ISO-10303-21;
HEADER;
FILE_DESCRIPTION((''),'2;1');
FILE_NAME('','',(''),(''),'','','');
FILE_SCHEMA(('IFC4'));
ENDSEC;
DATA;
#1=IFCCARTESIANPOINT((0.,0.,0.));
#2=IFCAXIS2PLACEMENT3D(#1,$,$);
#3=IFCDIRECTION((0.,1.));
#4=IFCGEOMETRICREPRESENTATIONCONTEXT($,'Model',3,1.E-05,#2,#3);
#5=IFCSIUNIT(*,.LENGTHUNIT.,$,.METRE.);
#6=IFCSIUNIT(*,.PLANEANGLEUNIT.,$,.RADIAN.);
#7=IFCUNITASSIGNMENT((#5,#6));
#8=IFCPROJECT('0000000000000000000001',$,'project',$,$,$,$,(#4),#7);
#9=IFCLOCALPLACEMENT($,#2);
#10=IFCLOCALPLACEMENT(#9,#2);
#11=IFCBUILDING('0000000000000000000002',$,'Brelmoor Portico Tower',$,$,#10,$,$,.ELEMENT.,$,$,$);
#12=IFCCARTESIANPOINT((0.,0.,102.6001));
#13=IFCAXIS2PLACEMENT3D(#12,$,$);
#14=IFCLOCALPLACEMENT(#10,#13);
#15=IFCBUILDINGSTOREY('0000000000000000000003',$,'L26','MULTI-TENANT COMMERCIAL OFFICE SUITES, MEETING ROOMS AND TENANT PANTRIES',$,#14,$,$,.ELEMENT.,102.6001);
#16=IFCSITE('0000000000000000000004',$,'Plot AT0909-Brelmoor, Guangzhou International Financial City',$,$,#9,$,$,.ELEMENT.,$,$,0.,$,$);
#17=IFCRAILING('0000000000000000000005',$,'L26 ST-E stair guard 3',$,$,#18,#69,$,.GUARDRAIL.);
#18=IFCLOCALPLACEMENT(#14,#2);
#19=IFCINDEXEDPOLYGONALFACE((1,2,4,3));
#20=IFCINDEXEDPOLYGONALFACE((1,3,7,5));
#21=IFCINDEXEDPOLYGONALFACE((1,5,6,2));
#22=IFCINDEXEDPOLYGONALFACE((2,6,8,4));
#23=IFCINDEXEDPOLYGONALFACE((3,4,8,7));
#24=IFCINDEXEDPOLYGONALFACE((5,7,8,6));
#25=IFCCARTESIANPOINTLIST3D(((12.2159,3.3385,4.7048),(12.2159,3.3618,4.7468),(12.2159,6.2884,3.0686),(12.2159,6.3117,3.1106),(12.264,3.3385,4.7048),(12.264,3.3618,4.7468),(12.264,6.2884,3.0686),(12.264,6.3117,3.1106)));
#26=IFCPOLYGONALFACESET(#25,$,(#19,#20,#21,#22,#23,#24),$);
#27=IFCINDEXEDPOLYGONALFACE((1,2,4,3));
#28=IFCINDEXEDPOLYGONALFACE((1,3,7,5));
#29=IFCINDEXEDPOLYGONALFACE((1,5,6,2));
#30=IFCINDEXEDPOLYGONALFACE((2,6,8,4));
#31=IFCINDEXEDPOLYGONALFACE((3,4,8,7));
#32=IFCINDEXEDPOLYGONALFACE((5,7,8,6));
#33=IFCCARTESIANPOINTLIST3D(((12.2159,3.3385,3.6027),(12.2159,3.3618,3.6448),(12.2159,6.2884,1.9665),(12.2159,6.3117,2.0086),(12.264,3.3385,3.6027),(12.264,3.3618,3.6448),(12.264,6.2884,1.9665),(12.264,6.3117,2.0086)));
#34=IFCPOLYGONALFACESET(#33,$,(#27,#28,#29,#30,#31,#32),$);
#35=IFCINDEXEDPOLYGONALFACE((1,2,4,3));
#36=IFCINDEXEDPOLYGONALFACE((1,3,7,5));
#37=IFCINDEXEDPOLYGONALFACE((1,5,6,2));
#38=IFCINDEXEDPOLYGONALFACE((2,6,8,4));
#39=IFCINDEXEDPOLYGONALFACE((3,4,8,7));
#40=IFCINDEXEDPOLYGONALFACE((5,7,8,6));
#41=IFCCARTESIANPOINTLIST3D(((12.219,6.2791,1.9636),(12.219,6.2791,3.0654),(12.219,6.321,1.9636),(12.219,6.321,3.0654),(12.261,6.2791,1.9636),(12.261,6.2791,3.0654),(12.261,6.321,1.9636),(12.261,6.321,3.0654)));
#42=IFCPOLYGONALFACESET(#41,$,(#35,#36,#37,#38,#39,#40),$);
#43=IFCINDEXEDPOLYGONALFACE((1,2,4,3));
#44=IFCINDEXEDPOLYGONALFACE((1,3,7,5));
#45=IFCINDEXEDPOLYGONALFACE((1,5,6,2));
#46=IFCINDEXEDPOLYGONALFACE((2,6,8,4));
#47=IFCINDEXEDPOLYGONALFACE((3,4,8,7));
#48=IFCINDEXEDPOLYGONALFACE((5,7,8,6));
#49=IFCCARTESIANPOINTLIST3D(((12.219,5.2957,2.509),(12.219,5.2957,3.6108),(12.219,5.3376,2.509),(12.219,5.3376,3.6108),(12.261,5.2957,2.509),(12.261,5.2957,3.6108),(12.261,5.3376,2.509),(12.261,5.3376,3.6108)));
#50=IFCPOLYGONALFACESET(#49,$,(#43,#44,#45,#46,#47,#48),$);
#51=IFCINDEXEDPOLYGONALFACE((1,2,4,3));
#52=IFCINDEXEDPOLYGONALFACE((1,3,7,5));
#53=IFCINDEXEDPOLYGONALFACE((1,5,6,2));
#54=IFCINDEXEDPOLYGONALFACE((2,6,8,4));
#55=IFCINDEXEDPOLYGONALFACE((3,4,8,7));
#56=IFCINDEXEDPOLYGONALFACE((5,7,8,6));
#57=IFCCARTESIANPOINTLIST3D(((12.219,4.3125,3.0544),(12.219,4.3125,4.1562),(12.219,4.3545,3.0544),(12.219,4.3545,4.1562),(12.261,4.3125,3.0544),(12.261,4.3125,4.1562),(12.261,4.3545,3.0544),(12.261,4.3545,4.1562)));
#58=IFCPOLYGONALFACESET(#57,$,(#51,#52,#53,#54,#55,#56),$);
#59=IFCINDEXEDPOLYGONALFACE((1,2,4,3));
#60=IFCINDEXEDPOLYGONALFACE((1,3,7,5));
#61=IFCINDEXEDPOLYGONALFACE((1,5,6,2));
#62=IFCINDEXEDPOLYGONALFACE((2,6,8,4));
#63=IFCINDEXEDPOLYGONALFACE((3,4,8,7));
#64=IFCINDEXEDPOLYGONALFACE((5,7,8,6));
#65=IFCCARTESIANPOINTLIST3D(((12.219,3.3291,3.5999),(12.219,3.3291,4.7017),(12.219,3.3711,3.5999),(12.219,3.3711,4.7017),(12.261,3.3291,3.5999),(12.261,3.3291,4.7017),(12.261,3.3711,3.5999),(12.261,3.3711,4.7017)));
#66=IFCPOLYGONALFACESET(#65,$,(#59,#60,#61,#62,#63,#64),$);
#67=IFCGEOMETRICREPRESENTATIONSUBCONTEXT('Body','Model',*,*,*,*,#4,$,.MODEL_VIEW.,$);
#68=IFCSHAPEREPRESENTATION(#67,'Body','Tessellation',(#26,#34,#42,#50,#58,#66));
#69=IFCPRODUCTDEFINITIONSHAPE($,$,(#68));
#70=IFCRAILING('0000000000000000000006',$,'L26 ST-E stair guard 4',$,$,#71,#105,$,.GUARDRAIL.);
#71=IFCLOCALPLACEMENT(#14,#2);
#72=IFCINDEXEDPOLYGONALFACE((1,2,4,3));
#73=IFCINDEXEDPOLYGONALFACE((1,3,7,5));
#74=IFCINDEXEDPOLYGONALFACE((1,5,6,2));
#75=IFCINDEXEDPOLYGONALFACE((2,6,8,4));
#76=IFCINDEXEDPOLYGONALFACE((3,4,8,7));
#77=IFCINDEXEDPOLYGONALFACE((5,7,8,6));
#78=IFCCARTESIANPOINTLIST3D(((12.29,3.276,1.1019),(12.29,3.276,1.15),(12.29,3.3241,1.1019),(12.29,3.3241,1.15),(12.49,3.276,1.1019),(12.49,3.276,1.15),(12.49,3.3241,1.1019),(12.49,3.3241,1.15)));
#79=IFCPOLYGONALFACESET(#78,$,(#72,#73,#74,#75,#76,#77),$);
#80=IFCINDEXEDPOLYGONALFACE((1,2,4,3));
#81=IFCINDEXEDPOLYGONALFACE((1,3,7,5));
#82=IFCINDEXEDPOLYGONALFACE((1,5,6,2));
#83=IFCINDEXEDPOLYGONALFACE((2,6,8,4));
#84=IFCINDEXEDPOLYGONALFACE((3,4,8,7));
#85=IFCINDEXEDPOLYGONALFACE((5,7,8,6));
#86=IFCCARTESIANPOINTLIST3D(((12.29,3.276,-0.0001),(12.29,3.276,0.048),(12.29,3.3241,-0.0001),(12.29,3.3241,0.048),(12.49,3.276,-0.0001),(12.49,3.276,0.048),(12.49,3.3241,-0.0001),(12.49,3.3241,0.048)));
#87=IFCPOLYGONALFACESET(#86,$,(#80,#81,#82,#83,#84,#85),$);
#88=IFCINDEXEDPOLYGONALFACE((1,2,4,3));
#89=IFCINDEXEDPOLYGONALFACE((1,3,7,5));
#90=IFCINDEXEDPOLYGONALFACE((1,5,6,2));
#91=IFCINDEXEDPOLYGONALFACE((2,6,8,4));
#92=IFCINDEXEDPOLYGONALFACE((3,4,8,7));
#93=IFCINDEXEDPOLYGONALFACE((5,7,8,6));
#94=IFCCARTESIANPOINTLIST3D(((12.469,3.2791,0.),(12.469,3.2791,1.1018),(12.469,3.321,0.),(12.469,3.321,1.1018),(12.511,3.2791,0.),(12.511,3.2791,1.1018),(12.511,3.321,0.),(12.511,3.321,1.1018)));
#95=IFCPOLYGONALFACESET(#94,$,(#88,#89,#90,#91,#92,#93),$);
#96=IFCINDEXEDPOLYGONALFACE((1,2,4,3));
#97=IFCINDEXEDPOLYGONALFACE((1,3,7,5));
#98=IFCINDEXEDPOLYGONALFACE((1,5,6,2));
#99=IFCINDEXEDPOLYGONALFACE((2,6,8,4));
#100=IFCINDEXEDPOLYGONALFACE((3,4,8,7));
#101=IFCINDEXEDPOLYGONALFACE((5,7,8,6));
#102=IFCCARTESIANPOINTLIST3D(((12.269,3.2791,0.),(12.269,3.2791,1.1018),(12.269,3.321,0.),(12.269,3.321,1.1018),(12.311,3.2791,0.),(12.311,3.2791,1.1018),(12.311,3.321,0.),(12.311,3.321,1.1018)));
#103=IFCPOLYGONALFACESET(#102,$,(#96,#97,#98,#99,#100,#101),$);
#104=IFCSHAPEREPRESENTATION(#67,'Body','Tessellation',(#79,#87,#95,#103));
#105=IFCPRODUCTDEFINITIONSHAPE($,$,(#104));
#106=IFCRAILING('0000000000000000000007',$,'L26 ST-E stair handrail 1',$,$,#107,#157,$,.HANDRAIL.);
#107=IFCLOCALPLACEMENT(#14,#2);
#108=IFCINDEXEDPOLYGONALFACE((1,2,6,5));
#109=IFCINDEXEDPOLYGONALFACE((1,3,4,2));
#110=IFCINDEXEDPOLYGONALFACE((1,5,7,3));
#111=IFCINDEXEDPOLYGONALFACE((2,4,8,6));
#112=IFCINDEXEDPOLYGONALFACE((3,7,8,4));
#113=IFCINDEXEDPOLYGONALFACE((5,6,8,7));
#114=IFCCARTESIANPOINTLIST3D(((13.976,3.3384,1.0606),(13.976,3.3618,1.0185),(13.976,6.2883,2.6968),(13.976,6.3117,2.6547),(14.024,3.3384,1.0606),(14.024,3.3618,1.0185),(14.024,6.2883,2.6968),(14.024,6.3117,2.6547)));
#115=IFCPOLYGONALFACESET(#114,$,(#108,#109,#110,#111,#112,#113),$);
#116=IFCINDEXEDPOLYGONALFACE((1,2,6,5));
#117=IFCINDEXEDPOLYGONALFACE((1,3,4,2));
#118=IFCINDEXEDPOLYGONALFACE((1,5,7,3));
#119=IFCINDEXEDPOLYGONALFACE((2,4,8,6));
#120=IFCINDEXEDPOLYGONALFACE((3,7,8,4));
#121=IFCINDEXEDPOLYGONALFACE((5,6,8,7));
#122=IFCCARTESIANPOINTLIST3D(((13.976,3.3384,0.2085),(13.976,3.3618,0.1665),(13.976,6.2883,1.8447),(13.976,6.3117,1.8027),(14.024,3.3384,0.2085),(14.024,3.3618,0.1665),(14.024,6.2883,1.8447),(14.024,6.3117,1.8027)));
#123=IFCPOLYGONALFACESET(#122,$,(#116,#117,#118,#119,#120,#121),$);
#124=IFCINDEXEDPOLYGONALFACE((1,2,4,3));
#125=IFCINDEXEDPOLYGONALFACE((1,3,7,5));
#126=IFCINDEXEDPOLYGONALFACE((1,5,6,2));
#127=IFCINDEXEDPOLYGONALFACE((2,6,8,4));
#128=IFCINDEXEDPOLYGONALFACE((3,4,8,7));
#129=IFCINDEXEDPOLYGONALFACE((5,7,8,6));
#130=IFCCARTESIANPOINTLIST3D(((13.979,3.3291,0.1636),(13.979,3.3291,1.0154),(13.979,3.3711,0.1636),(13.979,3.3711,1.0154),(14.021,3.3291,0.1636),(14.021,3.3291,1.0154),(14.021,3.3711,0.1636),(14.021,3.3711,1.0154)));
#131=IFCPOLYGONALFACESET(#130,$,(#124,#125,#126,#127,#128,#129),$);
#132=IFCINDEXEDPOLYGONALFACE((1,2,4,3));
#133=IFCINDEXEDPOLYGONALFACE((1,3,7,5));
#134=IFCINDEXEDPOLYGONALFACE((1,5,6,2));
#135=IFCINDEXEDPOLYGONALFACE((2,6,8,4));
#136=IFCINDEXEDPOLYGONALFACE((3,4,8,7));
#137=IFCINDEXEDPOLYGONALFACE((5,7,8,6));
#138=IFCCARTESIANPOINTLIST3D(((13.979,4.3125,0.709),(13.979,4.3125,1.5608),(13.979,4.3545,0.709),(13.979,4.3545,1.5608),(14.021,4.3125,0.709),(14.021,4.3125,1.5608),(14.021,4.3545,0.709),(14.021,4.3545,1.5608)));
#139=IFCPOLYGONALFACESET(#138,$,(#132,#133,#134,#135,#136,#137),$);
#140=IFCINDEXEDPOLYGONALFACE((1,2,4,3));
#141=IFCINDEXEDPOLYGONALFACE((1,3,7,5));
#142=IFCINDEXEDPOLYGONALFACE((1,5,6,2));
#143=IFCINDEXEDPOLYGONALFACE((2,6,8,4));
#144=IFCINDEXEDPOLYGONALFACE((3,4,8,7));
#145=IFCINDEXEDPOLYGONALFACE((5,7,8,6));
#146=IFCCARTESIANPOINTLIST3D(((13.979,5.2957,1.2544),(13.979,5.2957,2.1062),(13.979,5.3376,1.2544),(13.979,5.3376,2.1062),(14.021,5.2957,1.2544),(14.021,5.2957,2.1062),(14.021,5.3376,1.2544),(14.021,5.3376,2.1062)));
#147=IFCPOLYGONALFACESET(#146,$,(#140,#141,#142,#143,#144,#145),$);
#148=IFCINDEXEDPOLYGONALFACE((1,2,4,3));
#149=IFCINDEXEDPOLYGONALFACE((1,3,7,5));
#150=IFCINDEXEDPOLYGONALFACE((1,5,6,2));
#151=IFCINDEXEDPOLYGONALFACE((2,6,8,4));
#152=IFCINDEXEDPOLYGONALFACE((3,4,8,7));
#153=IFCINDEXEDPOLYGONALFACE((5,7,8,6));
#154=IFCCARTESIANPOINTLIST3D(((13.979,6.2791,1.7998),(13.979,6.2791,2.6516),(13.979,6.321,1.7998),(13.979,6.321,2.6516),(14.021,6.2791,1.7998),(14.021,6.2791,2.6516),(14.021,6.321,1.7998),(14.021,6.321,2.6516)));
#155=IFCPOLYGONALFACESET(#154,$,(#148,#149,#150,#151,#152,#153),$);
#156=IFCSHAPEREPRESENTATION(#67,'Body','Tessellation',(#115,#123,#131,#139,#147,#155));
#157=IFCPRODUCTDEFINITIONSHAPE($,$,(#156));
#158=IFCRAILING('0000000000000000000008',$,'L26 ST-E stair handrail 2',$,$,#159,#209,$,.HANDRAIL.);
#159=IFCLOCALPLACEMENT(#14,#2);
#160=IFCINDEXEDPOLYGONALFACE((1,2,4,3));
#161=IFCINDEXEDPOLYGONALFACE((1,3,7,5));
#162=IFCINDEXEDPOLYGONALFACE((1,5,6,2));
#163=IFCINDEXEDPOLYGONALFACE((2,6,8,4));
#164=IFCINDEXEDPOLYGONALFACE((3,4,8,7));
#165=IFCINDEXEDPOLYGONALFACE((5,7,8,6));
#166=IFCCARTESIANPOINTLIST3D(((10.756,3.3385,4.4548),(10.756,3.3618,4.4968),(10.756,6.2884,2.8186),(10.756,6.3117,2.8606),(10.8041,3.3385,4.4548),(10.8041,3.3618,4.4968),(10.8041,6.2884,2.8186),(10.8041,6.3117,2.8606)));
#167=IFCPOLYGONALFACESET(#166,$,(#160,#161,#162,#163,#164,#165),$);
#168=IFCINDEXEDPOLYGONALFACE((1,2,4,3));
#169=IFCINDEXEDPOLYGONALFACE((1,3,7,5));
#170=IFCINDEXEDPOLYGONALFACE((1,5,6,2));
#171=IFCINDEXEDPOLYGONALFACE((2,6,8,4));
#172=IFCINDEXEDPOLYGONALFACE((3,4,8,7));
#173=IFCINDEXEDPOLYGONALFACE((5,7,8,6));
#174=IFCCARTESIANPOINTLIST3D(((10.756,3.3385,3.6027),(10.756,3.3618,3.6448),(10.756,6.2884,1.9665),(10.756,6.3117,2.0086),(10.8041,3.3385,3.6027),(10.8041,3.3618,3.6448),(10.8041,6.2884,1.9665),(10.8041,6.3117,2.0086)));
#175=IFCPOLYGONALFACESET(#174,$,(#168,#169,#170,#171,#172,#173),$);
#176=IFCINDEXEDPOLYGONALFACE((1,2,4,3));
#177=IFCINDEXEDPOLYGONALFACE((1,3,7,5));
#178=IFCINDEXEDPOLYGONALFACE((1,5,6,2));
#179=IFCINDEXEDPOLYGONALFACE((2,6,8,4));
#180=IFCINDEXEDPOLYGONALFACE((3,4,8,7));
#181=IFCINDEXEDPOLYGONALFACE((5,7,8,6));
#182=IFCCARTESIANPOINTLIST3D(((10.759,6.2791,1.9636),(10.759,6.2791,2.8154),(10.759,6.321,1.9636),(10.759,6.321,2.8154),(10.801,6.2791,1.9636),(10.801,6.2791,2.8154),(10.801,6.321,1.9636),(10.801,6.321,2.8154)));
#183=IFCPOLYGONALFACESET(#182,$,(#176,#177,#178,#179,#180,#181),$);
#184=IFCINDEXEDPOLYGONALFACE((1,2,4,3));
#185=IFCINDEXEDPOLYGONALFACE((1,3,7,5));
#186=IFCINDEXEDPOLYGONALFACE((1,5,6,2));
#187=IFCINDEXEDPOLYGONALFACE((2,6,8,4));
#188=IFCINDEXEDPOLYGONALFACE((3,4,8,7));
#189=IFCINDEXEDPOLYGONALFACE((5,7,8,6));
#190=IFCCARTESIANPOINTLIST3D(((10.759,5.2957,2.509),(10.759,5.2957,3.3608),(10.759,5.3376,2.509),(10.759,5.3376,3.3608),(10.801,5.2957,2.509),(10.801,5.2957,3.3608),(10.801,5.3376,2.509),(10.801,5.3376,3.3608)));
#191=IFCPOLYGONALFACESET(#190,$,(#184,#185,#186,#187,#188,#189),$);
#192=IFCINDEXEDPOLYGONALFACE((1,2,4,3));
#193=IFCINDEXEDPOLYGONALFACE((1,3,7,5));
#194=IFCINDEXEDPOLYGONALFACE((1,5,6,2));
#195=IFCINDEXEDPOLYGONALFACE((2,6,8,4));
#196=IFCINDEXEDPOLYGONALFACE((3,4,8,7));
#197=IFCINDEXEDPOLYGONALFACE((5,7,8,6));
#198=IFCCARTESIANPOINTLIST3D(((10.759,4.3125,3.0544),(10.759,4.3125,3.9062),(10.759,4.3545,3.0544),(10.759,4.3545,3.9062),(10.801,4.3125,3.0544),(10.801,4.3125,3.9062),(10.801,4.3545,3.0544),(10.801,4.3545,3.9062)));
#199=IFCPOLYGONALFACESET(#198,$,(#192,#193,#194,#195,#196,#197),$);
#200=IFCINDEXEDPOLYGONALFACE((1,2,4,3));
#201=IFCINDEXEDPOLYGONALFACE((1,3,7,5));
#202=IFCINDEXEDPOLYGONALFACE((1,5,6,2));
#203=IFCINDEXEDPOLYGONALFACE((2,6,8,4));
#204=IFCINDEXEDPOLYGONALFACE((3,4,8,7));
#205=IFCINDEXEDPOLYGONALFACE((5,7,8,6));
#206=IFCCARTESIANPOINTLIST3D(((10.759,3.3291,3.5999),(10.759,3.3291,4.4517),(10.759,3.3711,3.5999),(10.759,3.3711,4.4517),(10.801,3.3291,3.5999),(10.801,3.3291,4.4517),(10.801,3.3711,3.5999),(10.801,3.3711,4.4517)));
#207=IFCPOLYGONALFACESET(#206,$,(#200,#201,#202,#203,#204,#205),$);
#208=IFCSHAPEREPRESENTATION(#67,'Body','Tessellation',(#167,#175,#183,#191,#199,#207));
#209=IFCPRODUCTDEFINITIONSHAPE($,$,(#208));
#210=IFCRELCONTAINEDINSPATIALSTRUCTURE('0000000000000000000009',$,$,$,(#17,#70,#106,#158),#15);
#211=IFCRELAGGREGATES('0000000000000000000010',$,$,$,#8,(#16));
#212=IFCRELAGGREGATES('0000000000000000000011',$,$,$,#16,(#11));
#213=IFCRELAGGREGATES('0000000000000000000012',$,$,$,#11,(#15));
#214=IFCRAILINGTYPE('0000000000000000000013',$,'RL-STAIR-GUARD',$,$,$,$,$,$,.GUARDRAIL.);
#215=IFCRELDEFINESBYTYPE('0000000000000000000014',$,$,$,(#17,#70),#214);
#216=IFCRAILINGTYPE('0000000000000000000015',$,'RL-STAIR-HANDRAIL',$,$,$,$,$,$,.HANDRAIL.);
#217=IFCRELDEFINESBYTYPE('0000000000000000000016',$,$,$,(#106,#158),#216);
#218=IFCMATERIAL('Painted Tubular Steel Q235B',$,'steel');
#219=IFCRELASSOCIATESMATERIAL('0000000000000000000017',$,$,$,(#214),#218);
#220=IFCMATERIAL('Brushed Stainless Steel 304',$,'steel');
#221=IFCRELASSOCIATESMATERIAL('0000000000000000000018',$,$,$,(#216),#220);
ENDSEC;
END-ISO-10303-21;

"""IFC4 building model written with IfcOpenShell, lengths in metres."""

from ifc_helpers import new_model, si_unit, direction, frame, origin, origin_2d, place, context, subcontext, project, spatial, rectangle, extrude, material, type_object, element, save


model = new_model("IFC4")

# Units and contexts
model_context = context("Model", 3, precision=1e-05, world=origin(), true_north=direction((0.0, 1.0)))
body_context = subcontext(model_context, "Body", "Model", "MODEL_VIEW")
ifc_project = project(units=[si_unit("LENGTHUNIT", "METRE"), si_unit("PLANEANGLEUNIT", "RADIAN")], contexts=[model_context])

# Site, building, storey
site_placement = place(None, origin())
site = spatial("IfcSite", under=ifc_project, at=site_placement, Name="Plot AT0909-Brelmoor, Guangzhou International Financial City", CompositionType="ELEMENT", RefElevation=0.0)
building_placement = place(site_placement, origin())
building = spatial("IfcBuilding", under=site, at=building_placement, Name="Brelmoor Portico Tower", CompositionType="ELEMENT")
storey_placement = place(building_placement, frame((0.0, 0.0, 102.6001)))
storey = spatial("IfcBuildingStorey", under=building, at=storey_placement, Name="L26", Description="MULTI-TENANT COMMERCIAL OFFICE SUITES, MEETING ROOMS AND TENANT PANTRIES", CompositionType="ELEMENT", Elevation=102.6001)

# Railings
ifc_material_1 = material(Name="Painted Tubular Steel Q235B", Category="steel")
railing_type_1 = type_object("IfcRailingType", Name="RL-STAIR-GUARD", PredefinedType="GUARDRAIL", material=ifc_material_1)
railing_1_placement = place(storey_placement, frame((12.24, 6.3, 1.9636)))
element("IfcRailing", 1, at=railing_1_placement, inside=storey, type_object=railing_type_1, Name="L26 ST-E stair guard 3", PredefinedType="GUARDRAIL", context=body_context, shape_type="SweptSolid", body=[
    extrude(rectangle(XDim=0.0481, YDim=0.0481, at=origin_2d()), frame((0.0, 0.0, 1.126), z_axis=(0.0, -0.874488, 0.485047), x_axis=(1.0, 0.0, 0.0)), (0.0, 0.0, 1.0), 3.3733),
    extrude(rectangle(XDim=0.0481, YDim=0.0481, at=origin_2d()), frame((0.0, 0.0, 0.0239), z_axis=(0.0, -0.874488, 0.485047), x_axis=(1.0, 0.0, 0.0)), (0.0, 0.0, 1.0), 3.3733),
    extrude(rectangle(XDim=0.042, YDim=0.042, at=origin_2d()), origin(), (0.0, 0.0, 1.0), 1.1018),
    extrude(rectangle(XDim=0.042, YDim=0.042, at=origin_2d()), frame((0.0, -0.9834, 0.5454)), (0.0, 0.0, 1.0), 1.1018),
    extrude(rectangle(XDim=0.042, YDim=0.042, at=origin_2d()), frame((0.0, -1.9666, 1.0908)), (0.0, 0.0, 1.0), 1.1018),
    extrude(rectangle(XDim=0.042, YDim=0.042, at=origin_2d()), frame((0.0, -2.95, 1.6362)), (0.0, 0.0, 1.0), 1.1018),
])
railing_2_placement = place(storey_placement, frame((12.49, 3.3, 0.0)))
element("IfcRailing", 2, at=railing_2_placement, inside=storey, type_object=railing_type_1, Name="L26 ST-E stair guard 4", PredefinedType="GUARDRAIL", context=body_context, shape_type="SweptSolid", body=[
    extrude(rectangle(XDim=0.0481, YDim=0.0481, at=origin_2d()), frame((0.0, 0.0, 1.126), z_axis=(-1.0, 0.0, 0.0), x_axis=(0.0, -1.0, 0.0)), (0.0, 0.0, 1.0), 0.2),
    extrude(rectangle(XDim=0.0481, YDim=0.0481, at=origin_2d()), frame((0.0, 0.0, 0.0239), z_axis=(-1.0, 0.0, 0.0), x_axis=(0.0, -1.0, 0.0)), (0.0, 0.0, 1.0), 0.2),
    extrude(rectangle(XDim=0.042, YDim=0.042, at=origin_2d()), origin(), (0.0, 0.0, 1.0), 1.1018),
    extrude(rectangle(XDim=0.042, YDim=0.042, at=origin_2d()), frame((-0.2, 0.0, 0.0)), (0.0, 0.0, 1.0), 1.1018),
])
ifc_material_2 = material(Name="Brushed Stainless Steel 304", Category="steel")
railing_type_2 = type_object("IfcRailingType", Name="RL-STAIR-HANDRAIL", PredefinedType="HANDRAIL", material=ifc_material_2)
railing_3_placement = place(storey_placement, frame((14.0, 3.3501, 0.1636)))
element("IfcRailing", 3, at=railing_3_placement, inside=storey, type_object=railing_type_2, Name="L26 ST-E stair handrail 1", PredefinedType="HANDRAIL", context=body_context, shape_type="SweptSolid", body=[
    extrude(rectangle(XDim=0.0481, YDim=0.0481, at=origin_2d()), frame((0.0, 0.0, 0.876), z_axis=(0.0, 0.874488, 0.485047), x_axis=(-1.0, 0.0, 0.0)), (0.0, 0.0, 1.0), 3.3733),
    extrude(rectangle(XDim=0.0481, YDim=0.0481, at=origin_2d()), frame((0.0, 0.0, 0.0239), z_axis=(0.0, 0.874488, 0.485047), x_axis=(-1.0, 0.0, 0.0)), (0.0, 0.0, 1.0), 3.3733),
    extrude(rectangle(XDim=0.042, YDim=0.042, at=origin_2d()), origin(), (0.0, 0.0, 1.0), 0.8518),
    extrude(rectangle(XDim=0.042, YDim=0.042, at=origin_2d()), frame((0.0, 0.9834, 0.5454)), (0.0, 0.0, 1.0), 0.8518),
    extrude(rectangle(XDim=0.042, YDim=0.042, at=origin_2d()), frame((0.0, 1.9666, 1.0908)), (0.0, 0.0, 1.0), 0.8518),
    extrude(rectangle(XDim=0.042, YDim=0.042, at=origin_2d()), frame((0.0, 2.95, 1.6362)), (0.0, 0.0, 1.0), 0.8518),
])
railing_4_placement = place(storey_placement, frame((10.78, 6.3, 1.9636)))
element("IfcRailing", 4, at=railing_4_placement, inside=storey, type_object=railing_type_2, Name="L26 ST-E stair handrail 2", PredefinedType="HANDRAIL", context=body_context, shape_type="SweptSolid", body=[
    extrude(rectangle(XDim=0.0481, YDim=0.0481, at=origin_2d()), frame((0.0, 0.0, 0.876), z_axis=(0.0, -0.874488, 0.485047), x_axis=(1.0, 0.0, 0.0)), (0.0, 0.0, 1.0), 3.3733),
    extrude(rectangle(XDim=0.0481, YDim=0.0481, at=origin_2d()), frame((0.0, 0.0, 0.0239), z_axis=(0.0, -0.874488, 0.485047), x_axis=(1.0, 0.0, 0.0)), (0.0, 0.0, 1.0), 3.3733),
    extrude(rectangle(XDim=0.042, YDim=0.042, at=origin_2d()), origin(), (0.0, 0.0, 1.0), 0.8518),
    extrude(rectangle(XDim=0.042, YDim=0.042, at=origin_2d()), frame((0.0, -0.9834, 0.5454)), (0.0, 0.0, 1.0), 0.8518),
    extrude(rectangle(XDim=0.042, YDim=0.042, at=origin_2d()), frame((0.0, -1.9666, 1.0908)), (0.0, 0.0, 1.0), 0.8518),
    extrude(rectangle(XDim=0.042, YDim=0.042, at=origin_2d()), frame((0.0, -2.95, 1.6362)), (0.0, 0.0, 1.0), 0.8518),
])

save(model, "model.ifc")
